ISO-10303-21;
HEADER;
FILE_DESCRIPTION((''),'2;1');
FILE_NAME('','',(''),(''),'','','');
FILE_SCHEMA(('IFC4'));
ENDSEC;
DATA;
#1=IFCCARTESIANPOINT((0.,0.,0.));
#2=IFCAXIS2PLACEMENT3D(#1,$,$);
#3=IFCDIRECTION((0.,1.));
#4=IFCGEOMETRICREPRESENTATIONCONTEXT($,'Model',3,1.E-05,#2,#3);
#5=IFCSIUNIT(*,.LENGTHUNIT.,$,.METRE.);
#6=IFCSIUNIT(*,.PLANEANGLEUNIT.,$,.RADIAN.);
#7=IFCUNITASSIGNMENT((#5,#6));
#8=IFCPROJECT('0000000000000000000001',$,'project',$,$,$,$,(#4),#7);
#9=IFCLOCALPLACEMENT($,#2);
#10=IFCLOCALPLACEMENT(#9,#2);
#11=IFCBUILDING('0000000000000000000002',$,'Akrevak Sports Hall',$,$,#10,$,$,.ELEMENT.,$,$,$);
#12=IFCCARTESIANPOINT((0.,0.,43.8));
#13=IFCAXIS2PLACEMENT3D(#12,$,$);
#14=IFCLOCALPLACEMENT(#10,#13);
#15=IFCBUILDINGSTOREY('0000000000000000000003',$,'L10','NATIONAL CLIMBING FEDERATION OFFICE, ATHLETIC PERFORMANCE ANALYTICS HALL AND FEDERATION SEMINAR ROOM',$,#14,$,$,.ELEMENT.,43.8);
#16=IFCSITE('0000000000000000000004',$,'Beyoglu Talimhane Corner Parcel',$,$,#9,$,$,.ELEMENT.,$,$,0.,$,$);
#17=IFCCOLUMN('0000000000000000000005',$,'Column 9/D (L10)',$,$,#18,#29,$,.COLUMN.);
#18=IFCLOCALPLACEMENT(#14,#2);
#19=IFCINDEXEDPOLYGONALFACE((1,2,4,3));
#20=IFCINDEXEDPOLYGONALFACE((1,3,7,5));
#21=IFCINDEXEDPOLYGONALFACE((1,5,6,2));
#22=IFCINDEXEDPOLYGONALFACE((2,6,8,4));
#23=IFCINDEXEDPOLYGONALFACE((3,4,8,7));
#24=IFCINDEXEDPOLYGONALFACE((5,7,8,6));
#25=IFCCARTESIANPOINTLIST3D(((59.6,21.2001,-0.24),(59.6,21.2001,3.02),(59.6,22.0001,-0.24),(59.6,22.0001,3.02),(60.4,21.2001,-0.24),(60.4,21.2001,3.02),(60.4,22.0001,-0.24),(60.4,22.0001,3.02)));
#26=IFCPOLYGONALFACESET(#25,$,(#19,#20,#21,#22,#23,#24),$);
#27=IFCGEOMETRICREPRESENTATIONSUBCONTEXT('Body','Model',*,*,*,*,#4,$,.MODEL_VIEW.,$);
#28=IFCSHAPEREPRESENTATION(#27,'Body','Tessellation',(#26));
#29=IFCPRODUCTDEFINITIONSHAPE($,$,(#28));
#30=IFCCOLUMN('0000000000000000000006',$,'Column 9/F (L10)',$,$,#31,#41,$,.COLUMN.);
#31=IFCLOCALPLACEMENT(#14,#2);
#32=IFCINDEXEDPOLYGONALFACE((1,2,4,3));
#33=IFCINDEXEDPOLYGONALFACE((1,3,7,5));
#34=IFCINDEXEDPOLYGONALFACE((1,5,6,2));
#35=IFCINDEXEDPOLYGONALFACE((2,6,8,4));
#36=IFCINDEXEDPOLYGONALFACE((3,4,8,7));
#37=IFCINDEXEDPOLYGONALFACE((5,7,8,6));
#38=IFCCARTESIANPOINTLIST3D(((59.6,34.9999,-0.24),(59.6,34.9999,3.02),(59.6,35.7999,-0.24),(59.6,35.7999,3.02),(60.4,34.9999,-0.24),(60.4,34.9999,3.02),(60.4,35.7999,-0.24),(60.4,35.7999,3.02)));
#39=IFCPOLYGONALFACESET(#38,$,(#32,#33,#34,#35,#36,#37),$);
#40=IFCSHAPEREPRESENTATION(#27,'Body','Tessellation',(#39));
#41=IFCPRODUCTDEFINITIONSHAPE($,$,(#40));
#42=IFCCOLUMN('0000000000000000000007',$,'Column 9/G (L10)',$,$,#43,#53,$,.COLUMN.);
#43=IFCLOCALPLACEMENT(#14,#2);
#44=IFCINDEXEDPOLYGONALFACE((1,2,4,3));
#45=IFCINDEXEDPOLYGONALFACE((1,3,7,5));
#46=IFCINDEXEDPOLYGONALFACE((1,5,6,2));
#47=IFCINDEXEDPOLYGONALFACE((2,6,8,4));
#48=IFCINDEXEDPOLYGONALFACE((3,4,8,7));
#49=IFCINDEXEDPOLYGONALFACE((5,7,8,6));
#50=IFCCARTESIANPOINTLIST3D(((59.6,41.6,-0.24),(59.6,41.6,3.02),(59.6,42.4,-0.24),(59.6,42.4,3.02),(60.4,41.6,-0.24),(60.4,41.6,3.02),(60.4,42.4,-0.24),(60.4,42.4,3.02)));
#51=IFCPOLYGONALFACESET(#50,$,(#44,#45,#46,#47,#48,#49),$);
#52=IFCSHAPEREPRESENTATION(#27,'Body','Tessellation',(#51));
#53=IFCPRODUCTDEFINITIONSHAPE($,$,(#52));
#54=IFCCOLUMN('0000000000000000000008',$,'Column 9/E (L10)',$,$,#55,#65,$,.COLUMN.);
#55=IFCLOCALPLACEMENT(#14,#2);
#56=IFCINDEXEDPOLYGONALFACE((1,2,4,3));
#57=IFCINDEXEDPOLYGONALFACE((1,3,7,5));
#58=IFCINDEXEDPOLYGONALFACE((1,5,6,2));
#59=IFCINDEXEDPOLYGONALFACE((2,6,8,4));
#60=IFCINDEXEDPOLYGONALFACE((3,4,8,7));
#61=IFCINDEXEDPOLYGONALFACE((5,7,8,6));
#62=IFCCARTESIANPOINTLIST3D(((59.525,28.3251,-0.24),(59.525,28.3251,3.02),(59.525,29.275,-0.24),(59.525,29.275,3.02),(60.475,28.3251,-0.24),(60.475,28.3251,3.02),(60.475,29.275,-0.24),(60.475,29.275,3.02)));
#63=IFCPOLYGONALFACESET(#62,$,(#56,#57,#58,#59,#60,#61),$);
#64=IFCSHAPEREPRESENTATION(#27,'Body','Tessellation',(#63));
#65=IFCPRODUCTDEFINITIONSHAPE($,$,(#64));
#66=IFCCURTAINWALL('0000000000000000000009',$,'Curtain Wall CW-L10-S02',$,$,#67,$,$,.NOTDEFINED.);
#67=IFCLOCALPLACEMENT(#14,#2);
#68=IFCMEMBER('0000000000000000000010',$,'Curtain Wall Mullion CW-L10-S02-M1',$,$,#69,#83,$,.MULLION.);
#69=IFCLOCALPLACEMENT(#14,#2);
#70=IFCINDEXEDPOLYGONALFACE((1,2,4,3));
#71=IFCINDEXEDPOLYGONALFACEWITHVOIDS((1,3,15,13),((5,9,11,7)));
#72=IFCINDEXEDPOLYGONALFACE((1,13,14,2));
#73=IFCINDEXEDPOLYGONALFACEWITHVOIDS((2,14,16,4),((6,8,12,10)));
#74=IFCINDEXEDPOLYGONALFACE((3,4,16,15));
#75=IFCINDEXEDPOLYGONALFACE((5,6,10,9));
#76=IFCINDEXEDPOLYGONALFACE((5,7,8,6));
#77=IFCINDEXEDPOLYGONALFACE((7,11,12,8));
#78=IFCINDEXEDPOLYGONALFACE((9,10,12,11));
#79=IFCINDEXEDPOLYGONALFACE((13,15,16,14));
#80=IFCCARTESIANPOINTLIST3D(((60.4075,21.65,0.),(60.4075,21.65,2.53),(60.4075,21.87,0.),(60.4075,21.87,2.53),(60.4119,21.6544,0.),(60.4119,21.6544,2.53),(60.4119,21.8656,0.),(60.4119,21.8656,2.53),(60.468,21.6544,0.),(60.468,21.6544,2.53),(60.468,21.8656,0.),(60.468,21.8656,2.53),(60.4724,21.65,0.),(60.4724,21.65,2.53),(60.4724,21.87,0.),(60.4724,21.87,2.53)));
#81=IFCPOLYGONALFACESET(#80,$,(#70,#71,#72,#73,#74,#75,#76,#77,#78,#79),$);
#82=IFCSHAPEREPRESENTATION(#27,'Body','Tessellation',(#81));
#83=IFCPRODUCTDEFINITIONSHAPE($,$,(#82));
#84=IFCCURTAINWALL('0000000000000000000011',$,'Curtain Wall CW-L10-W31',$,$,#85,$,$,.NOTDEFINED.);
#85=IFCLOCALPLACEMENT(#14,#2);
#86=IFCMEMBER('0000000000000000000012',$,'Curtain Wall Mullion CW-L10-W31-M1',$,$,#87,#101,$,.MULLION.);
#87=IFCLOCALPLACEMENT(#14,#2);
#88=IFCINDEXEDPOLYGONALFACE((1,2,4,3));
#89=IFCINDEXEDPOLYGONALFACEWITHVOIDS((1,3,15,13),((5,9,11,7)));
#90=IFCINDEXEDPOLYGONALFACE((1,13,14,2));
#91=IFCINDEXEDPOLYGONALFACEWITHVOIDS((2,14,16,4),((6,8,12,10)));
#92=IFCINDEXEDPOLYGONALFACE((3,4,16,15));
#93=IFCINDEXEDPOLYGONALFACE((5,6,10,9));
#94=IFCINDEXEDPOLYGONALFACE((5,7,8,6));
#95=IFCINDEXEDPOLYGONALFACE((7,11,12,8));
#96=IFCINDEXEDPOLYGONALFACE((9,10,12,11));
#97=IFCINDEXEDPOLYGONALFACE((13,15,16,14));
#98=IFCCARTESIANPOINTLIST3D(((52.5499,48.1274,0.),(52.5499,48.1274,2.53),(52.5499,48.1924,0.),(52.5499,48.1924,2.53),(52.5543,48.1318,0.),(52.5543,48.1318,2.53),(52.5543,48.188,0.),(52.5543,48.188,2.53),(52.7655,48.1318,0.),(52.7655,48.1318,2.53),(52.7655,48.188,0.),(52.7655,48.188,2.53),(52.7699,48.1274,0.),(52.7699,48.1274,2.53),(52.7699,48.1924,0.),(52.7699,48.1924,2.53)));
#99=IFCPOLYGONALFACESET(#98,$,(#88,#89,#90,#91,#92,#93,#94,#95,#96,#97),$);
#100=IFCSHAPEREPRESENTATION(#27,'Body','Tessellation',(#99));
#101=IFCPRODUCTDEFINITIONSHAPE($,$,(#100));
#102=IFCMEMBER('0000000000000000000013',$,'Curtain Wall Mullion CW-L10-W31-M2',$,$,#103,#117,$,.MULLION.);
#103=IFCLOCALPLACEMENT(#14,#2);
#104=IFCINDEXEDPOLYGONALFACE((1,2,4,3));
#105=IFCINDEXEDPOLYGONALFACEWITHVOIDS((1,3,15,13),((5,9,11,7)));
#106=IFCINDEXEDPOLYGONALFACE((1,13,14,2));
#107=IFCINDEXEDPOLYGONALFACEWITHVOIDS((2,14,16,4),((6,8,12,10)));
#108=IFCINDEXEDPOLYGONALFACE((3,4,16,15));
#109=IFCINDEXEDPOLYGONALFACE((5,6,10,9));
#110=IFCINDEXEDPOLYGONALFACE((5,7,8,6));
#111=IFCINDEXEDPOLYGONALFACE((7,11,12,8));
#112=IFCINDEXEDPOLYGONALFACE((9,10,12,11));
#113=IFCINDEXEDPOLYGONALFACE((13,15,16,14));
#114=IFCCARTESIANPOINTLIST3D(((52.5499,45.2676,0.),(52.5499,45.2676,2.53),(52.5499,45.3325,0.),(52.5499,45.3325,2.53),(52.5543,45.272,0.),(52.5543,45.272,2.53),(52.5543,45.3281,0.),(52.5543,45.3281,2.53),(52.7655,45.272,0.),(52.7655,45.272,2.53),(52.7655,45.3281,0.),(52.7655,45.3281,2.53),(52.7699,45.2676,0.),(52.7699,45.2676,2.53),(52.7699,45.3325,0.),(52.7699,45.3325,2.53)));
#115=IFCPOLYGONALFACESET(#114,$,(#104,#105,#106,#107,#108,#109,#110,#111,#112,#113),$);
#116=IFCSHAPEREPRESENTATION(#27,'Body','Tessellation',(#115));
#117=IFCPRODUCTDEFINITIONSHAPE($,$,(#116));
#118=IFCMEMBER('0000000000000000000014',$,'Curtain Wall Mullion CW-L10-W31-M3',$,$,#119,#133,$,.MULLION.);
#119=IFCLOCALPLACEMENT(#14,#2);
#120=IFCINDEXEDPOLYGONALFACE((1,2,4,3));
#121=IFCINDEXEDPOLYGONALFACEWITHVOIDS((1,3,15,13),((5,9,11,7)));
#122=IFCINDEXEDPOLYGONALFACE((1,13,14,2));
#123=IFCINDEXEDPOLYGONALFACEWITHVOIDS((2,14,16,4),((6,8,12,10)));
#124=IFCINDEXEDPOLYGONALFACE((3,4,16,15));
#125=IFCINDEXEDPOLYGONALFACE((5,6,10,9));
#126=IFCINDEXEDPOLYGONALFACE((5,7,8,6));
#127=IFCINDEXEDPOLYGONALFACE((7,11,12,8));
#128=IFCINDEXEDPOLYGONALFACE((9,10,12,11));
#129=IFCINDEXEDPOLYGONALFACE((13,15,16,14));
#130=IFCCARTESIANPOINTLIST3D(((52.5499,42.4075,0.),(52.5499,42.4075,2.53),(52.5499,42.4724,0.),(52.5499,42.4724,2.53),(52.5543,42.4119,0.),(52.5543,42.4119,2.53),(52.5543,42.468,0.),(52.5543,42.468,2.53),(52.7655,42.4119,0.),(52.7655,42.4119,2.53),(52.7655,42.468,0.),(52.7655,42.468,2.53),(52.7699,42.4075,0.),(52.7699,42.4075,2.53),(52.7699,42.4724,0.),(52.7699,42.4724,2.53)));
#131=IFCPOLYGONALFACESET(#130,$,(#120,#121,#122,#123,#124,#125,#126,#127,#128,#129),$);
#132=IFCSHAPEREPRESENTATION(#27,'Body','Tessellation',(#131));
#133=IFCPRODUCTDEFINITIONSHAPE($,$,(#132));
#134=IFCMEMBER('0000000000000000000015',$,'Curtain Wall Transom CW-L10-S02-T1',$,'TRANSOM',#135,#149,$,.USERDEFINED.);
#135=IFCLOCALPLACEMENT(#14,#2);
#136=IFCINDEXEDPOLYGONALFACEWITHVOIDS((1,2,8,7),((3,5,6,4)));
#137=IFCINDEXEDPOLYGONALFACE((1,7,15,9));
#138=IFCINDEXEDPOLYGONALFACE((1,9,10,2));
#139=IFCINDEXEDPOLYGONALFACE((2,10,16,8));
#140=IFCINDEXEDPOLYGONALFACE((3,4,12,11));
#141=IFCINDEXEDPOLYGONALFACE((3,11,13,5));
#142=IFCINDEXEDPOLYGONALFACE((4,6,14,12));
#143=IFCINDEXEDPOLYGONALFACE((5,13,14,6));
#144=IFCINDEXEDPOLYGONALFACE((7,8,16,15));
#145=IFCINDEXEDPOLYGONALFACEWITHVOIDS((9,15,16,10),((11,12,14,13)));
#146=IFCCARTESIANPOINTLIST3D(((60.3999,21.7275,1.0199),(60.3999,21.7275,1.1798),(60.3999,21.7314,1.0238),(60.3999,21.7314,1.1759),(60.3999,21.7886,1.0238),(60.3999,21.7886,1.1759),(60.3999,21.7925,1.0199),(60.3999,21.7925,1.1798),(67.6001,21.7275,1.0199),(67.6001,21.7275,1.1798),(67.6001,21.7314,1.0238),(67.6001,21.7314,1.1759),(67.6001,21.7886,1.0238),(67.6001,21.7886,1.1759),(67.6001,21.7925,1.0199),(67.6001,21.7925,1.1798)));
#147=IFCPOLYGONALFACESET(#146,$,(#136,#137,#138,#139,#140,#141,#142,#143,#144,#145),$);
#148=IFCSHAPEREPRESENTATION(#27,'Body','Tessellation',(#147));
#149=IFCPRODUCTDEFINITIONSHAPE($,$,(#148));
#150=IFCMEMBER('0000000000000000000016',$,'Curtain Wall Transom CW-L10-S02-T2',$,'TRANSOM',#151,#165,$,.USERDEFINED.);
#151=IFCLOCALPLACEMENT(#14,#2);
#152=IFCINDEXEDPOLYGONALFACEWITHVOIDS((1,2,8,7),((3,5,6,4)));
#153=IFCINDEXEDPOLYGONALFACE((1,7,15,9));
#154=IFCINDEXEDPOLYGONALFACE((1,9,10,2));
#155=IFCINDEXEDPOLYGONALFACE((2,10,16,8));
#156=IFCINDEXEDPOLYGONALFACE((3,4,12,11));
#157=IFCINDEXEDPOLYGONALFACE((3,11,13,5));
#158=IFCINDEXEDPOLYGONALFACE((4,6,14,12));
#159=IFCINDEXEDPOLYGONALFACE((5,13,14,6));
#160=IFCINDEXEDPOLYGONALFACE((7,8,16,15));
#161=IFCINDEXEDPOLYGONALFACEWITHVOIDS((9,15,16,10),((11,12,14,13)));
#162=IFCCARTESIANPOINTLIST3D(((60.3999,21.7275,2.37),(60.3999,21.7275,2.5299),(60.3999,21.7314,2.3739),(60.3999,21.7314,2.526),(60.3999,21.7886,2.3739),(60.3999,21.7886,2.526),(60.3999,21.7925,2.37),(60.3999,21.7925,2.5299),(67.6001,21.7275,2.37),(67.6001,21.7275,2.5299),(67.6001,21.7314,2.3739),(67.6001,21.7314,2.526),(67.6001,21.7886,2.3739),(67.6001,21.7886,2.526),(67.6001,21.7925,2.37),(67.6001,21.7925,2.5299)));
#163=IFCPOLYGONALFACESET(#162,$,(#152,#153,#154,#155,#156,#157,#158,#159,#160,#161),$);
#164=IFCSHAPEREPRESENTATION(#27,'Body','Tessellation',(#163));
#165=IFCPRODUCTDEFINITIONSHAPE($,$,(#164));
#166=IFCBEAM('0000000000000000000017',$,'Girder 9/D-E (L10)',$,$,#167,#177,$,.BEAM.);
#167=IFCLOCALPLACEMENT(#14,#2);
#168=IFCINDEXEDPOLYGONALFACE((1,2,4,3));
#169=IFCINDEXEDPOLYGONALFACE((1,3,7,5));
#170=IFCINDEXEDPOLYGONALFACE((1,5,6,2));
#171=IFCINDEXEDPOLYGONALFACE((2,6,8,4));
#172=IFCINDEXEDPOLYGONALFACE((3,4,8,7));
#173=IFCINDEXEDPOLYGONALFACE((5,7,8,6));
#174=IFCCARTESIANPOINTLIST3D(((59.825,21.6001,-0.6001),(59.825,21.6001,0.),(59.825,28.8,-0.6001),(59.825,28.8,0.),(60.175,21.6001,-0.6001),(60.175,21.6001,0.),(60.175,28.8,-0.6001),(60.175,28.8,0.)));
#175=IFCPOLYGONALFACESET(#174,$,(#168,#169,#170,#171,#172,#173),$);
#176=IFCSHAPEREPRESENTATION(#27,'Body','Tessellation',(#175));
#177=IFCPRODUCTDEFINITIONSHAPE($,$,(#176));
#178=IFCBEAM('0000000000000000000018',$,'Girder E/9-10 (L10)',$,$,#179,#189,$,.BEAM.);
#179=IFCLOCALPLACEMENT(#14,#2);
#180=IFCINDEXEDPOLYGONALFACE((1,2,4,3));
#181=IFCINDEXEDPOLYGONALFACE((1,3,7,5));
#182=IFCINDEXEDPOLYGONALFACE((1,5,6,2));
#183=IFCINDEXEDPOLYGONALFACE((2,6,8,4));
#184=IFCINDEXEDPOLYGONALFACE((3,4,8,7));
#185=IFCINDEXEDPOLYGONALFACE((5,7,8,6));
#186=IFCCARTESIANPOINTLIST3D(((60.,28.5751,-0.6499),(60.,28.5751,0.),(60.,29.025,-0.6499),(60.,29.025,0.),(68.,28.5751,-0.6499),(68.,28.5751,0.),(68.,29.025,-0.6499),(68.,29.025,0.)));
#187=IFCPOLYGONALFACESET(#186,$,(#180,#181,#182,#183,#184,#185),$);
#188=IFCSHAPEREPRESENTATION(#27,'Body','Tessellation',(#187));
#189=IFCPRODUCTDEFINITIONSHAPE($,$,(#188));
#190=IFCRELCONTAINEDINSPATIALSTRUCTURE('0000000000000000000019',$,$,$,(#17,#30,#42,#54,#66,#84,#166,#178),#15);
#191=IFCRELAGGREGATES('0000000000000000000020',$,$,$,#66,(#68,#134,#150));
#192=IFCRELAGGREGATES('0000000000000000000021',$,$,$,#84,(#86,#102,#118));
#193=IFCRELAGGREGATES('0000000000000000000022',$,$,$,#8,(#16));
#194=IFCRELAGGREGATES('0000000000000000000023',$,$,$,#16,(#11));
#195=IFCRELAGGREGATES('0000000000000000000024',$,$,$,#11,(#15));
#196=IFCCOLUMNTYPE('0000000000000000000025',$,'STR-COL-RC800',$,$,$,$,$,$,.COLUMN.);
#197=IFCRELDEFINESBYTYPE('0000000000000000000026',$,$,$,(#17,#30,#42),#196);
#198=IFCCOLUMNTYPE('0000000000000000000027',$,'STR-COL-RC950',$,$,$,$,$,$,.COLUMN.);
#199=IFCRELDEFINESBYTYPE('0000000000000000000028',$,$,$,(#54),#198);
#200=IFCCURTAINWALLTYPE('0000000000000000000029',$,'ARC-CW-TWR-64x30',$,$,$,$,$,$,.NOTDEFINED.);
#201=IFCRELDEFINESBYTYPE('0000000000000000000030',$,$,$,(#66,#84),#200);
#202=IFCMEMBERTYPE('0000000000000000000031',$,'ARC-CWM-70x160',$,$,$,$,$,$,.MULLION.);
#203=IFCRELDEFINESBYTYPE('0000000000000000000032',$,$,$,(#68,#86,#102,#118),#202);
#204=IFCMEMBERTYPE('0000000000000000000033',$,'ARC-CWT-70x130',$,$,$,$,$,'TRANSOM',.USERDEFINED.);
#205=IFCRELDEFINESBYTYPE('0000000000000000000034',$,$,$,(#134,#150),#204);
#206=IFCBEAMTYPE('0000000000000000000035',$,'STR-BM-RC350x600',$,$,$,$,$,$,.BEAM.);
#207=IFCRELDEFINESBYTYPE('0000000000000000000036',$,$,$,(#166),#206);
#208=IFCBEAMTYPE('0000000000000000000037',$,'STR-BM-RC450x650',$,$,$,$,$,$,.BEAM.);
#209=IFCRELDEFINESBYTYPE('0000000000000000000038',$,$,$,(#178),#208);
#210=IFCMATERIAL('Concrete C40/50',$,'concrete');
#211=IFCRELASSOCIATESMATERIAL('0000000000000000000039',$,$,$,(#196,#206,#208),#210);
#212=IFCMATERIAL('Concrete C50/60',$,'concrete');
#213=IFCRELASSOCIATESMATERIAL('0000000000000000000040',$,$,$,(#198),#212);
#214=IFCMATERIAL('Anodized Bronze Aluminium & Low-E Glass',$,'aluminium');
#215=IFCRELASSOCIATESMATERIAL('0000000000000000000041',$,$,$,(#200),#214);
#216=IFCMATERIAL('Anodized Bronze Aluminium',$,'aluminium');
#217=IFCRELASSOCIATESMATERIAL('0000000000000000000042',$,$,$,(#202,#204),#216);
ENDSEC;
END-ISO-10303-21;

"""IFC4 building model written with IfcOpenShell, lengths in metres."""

from ifc_helpers import new_model, si_unit, direction, frame, origin, origin_2d, place, context, subcontext, project, spatial, rectangle, hollow_rectangle, extrude, material, material_profile, profile_set, type_object, element, aggregate, save


model = new_model("IFC4")

# Units and contexts
model_context = context("Model", 3, precision=1e-05, world=origin(), true_north=direction((0.0, 1.0)))
body_context = subcontext(model_context, "Body", "Model", "MODEL_VIEW")
ifc_project = project(units=[si_unit("LENGTHUNIT", "METRE"), si_unit("PLANEANGLEUNIT", "RADIAN")], contexts=[model_context])

# Site, building, storey
site_placement = place(None, origin())
site = spatial("IfcSite", under=ifc_project, at=site_placement, Name="Beyoglu Talimhane Corner Parcel", CompositionType="ELEMENT", RefElevation=0.0)
building_placement = place(site_placement, origin())
building = spatial("IfcBuilding", under=site, at=building_placement, Name="Akrevak Sports Hall", CompositionType="ELEMENT")
storey_placement = place(building_placement, frame((0.0, 0.0, 43.8)))
storey = spatial("IfcBuildingStorey", under=building, at=storey_placement, Name="L10", Description="NATIONAL CLIMBING FEDERATION OFFICE, ATHLETIC PERFORMANCE ANALYTICS HALL AND FEDERATION SEMINAR ROOM", CompositionType="ELEMENT", Elevation=43.8)

# Columns
ifc_material_1 = material(Name="Concrete C40/50", Category="concrete")
ifc_material_profile_1 = material_profile(ifc_material_1, rectangle(XDim=0.8, YDim=0.8, at=origin_2d()), Name="RC 800x800", Category="concrete")
ifc_profile_set_1 = profile_set([ifc_material_profile_1], Name="Concrete C40/50")
column_type_1 = type_object("IfcColumnType", Name="STR-COL-RC800", PredefinedType="COLUMN", material=ifc_profile_set_1)
for number, where, z_axis, x_axis, name in (
    (1, (60.0, 21.6001, -0.24), (0.0, 0.0, 1.0), (1.0, 0.0, 0.0), "Column 9/D (L10)"),
    (2, (60.0, 35.3999, -0.24), (0.0, 0.0, 1.0), (1.0, 0.0, 0.0), "Column 9/F (L10)"),
    (3, (60.0, 42.0, -0.24), (0.0, 0.0, 1.0), (1.0, 0.0, 0.0), "Column 9/G (L10)"),
):
    element("IfcColumn", number, at=place(storey_placement, frame(where, z_axis=z_axis, x_axis=x_axis)), inside=storey, type_object=column_type_1, Name=name, PredefinedType="COLUMN", context=body_context, shape_type="SweptSolid", body=[
        extrude(rectangle(XDim=0.8, YDim=0.8, at=origin_2d()), origin(), (0.0, 0.0, 1.0), 3.26),
    ])
ifc_material_2 = material(Name="Concrete C50/60", Category="concrete")
ifc_material_profile_2 = material_profile(ifc_material_2, rectangle(XDim=0.95, YDim=0.95, at=origin_2d()), Name="RC 950x950", Category="concrete")
ifc_profile_set_2 = profile_set([ifc_material_profile_2], Name="Concrete C50/60")
column_type_2 = type_object("IfcColumnType", Name="STR-COL-RC950", PredefinedType="COLUMN", material=ifc_profile_set_2)
column_placement = place(storey_placement, frame((60.0, 28.8, -0.24), z_axis=(0.0, 0.0, 1.0), x_axis=(1.0, 0.0, 0.0)))
element("IfcColumn", 4, at=column_placement, inside=storey, type_object=column_type_2, Name="Column 9/E (L10)", PredefinedType="COLUMN", context=body_context, shape_type="SweptSolid", body=[
    extrude(rectangle(XDim=0.95, YDim=0.95, at=origin_2d()), origin(), (0.0, 0.0, 1.0), 3.26),
])

# Curtain wall, member
ifc_material_3 = material(Name="Anodized Bronze Aluminium & Low-E Glass", Category="aluminium")
curtain_wall_type = type_object("IfcCurtainWallType", Name="ARC-CW-TWR-64x30", PredefinedType="NOTDEFINED", material=ifc_material_3)
curtain_wall_1_placement = place(storey_placement, origin())
curtain_wall_1 = element("IfcCurtainWall", 5, at=curtain_wall_1_placement, inside=storey, type_object=curtain_wall_type, Name="Curtain Wall CW-L10-S02", PredefinedType="NOTDEFINED")
ifc_material_4 = material(Name="Anodized Bronze Aluminium", Category="aluminium")
ifc_material_profile_3 = material_profile(ifc_material_4, hollow_rectangle(XDim=0.0649, YDim=0.22, WallThickness=0.0044, at=origin_2d()), Name="CWM 65x220", Category="aluminium")
ifc_profile_set_3 = profile_set([ifc_material_profile_3], Name="Anodized Bronze Aluminium")
member_type_1 = type_object("IfcMemberType", Name="ARC-CWM-70x160", PredefinedType="MULLION", material=ifc_profile_set_3)
member_1_placement = place(storey_placement, frame((60.4399, 21.76, 0.0), z_axis=(0.0, 0.0, 1.0), x_axis=(1.0, 0.0, 0.0)))
member_1 = element("IfcMember", 6, at=member_1_placement, type_object=member_type_1, Name="Curtain Wall Mullion CW-L10-S02-M1", PredefinedType="MULLION", context=body_context, shape_type="SweptSolid", body=[
    extrude(hollow_rectangle(XDim=0.0649, YDim=0.22, WallThickness=0.0044, at=origin_2d()), origin(), (0.0, 0.0, 1.0), 2.53),
])

# Curtain wall, members
curtain_wall_2_placement = place(storey_placement, origin())
curtain_wall_2 = element("IfcCurtainWall", 7, at=curtain_wall_2_placement, inside=storey, type_object=curtain_wall_type, Name="Curtain Wall CW-L10-W31", PredefinedType="NOTDEFINED")
member_2_placement = place(storey_placement, frame((52.6599, 48.1599, 0.0), z_axis=(0.0, 0.0, 1.0), x_axis=(0.0, -1.0, 0.0)))
member_2 = element("IfcMember", 8, at=member_2_placement, type_object=member_type_1, Name="Curtain Wall Mullion CW-L10-W31-M1", PredefinedType="MULLION", context=body_context, shape_type="SweptSolid", body=[
    extrude(hollow_rectangle(XDim=0.0649, YDim=0.22, WallThickness=0.0044, at=origin_2d()), origin(), (0.0, 0.0, 1.0), 2.53),
])
member_3_placement = place(storey_placement, frame((52.6599, 45.3, 0.0), z_axis=(0.0, 0.0, 1.0), x_axis=(0.0, -1.0, 0.0)))
member_3 = element("IfcMember", 9, at=member_3_placement, type_object=member_type_1, Name="Curtain Wall Mullion CW-L10-W31-M2", PredefinedType="MULLION", context=body_context, shape_type="SweptSolid", body=[
    extrude(hollow_rectangle(XDim=0.0649, YDim=0.22, WallThickness=0.0044, at=origin_2d()), origin(), (0.0, 0.0, 1.0), 2.53),
])
member_4_placement = place(storey_placement, frame((52.6599, 42.4399, 0.0), z_axis=(0.0, 0.0, 1.0), x_axis=(0.0, -1.0, 0.0)))
member_4 = element("IfcMember", 10, at=member_4_placement, type_object=member_type_1, Name="Curtain Wall Mullion CW-L10-W31-M3", PredefinedType="MULLION", context=body_context, shape_type="SweptSolid", body=[
    extrude(hollow_rectangle(XDim=0.0649, YDim=0.22, WallThickness=0.0044, at=origin_2d()), origin(), (0.0, 0.0, 1.0), 2.53),
])

# Members
ifc_material_profile_4 = material_profile(ifc_material_4, hollow_rectangle(XDim=0.0649, YDim=0.1599, WallThickness=0.0039, at=origin_2d()), Name="CWT 65x160", Category="aluminium")
ifc_profile_set_4 = profile_set([ifc_material_profile_4], Name="Anodized Bronze Aluminium")
member_type_2 = type_object("IfcMemberType", Name="ARC-CWT-70x130", ElementType="TRANSOM", PredefinedType="USERDEFINED", material=ifc_profile_set_4)
member_5_placement = place(storey_placement, frame((60.3999, 21.76, 1.0999), z_axis=(1.0, 0.0, 0.0), x_axis=(0.0, 1.0, 0.0)))
member_5 = element("IfcMember", 11, at=member_5_placement, type_object=member_type_2, Name="Curtain Wall Transom CW-L10-S02-T1", ObjectType="TRANSOM", PredefinedType="USERDEFINED", context=body_context, shape_type="SweptSolid", body=[
    extrude(hollow_rectangle(XDim=0.0649, YDim=0.1599, WallThickness=0.0039, at=origin_2d()), origin(), (0.0, 0.0, 1.0), 7.2002),
])
member_6_placement = place(storey_placement, frame((60.3999, 21.76, 2.45), z_axis=(1.0, 0.0, 0.0), x_axis=(0.0, 1.0, 0.0)))
member_6 = element("IfcMember", 12, at=member_6_placement, type_object=member_type_2, Name="Curtain Wall Transom CW-L10-S02-T2", ObjectType="TRANSOM", PredefinedType="USERDEFINED", context=body_context, shape_type="SweptSolid", body=[
    extrude(hollow_rectangle(XDim=0.0649, YDim=0.1599, WallThickness=0.0039, at=origin_2d()), origin(), (0.0, 0.0, 1.0), 7.2002),
])

# Beams
ifc_material_profile_5 = material_profile(ifc_material_1, rectangle(XDim=0.3501, YDim=0.6001, at=origin_2d()), Name="BM 350x600", Category="concrete")
ifc_profile_set_5 = profile_set([ifc_material_profile_5], Name="Concrete C40/50")
beam_type_1 = type_object("IfcBeamType", Name="STR-BM-RC350x600", PredefinedType="BEAM", material=ifc_profile_set_5)
beam_1_placement = place(storey_placement, frame((60.0, 21.6001, -0.3), z_axis=(0.0, 1.0, 0.0), x_axis=(-1.0, 0.0, 0.0)))
element("IfcBeam", 13, at=beam_1_placement, inside=storey, type_object=beam_type_1, Name="Girder 9/D-E (L10)", PredefinedType="BEAM", context=body_context, shape_type="SweptSolid", body=[
    extrude(rectangle(XDim=0.3501, YDim=0.6001, at=origin_2d()), origin(), (0.0, 0.0, 1.0), 7.2),
])
ifc_material_profile_6 = material_profile(ifc_material_1, rectangle(XDim=0.45, YDim=0.6499, at=origin_2d()), Name="BM 450x650", Category="concrete")
ifc_profile_set_6 = profile_set([ifc_material_profile_6], Name="Concrete C40/50")
beam_type_2 = type_object("IfcBeamType", Name="STR-BM-RC450x650", PredefinedType="BEAM", material=ifc_profile_set_6)
for number, where, z_axis, x_axis, name in (
    (14, (60.0, 28.8, -0.325), (1.0, 0.0, 0.0), (0.0, 1.0, 0.0), "Girder E/9-10 (L10)"),
):
    element("IfcBeam", number, at=place(storey_placement, frame(where, z_axis=z_axis, x_axis=x_axis)), inside=storey, type_object=beam_type_2, Name=name, PredefinedType="BEAM", context=body_context, shape_type="SweptSolid", body=[
        extrude(rectangle(XDim=0.45, YDim=0.6499, at=origin_2d()), origin(), (0.0, 0.0, 1.0), 8.0),
    ])

aggregate(curtain_wall_1, [member_1, member_5, member_6])
aggregate(curtain_wall_2, [member_2, member_3, member_4])

save(model, "model.ifc")
